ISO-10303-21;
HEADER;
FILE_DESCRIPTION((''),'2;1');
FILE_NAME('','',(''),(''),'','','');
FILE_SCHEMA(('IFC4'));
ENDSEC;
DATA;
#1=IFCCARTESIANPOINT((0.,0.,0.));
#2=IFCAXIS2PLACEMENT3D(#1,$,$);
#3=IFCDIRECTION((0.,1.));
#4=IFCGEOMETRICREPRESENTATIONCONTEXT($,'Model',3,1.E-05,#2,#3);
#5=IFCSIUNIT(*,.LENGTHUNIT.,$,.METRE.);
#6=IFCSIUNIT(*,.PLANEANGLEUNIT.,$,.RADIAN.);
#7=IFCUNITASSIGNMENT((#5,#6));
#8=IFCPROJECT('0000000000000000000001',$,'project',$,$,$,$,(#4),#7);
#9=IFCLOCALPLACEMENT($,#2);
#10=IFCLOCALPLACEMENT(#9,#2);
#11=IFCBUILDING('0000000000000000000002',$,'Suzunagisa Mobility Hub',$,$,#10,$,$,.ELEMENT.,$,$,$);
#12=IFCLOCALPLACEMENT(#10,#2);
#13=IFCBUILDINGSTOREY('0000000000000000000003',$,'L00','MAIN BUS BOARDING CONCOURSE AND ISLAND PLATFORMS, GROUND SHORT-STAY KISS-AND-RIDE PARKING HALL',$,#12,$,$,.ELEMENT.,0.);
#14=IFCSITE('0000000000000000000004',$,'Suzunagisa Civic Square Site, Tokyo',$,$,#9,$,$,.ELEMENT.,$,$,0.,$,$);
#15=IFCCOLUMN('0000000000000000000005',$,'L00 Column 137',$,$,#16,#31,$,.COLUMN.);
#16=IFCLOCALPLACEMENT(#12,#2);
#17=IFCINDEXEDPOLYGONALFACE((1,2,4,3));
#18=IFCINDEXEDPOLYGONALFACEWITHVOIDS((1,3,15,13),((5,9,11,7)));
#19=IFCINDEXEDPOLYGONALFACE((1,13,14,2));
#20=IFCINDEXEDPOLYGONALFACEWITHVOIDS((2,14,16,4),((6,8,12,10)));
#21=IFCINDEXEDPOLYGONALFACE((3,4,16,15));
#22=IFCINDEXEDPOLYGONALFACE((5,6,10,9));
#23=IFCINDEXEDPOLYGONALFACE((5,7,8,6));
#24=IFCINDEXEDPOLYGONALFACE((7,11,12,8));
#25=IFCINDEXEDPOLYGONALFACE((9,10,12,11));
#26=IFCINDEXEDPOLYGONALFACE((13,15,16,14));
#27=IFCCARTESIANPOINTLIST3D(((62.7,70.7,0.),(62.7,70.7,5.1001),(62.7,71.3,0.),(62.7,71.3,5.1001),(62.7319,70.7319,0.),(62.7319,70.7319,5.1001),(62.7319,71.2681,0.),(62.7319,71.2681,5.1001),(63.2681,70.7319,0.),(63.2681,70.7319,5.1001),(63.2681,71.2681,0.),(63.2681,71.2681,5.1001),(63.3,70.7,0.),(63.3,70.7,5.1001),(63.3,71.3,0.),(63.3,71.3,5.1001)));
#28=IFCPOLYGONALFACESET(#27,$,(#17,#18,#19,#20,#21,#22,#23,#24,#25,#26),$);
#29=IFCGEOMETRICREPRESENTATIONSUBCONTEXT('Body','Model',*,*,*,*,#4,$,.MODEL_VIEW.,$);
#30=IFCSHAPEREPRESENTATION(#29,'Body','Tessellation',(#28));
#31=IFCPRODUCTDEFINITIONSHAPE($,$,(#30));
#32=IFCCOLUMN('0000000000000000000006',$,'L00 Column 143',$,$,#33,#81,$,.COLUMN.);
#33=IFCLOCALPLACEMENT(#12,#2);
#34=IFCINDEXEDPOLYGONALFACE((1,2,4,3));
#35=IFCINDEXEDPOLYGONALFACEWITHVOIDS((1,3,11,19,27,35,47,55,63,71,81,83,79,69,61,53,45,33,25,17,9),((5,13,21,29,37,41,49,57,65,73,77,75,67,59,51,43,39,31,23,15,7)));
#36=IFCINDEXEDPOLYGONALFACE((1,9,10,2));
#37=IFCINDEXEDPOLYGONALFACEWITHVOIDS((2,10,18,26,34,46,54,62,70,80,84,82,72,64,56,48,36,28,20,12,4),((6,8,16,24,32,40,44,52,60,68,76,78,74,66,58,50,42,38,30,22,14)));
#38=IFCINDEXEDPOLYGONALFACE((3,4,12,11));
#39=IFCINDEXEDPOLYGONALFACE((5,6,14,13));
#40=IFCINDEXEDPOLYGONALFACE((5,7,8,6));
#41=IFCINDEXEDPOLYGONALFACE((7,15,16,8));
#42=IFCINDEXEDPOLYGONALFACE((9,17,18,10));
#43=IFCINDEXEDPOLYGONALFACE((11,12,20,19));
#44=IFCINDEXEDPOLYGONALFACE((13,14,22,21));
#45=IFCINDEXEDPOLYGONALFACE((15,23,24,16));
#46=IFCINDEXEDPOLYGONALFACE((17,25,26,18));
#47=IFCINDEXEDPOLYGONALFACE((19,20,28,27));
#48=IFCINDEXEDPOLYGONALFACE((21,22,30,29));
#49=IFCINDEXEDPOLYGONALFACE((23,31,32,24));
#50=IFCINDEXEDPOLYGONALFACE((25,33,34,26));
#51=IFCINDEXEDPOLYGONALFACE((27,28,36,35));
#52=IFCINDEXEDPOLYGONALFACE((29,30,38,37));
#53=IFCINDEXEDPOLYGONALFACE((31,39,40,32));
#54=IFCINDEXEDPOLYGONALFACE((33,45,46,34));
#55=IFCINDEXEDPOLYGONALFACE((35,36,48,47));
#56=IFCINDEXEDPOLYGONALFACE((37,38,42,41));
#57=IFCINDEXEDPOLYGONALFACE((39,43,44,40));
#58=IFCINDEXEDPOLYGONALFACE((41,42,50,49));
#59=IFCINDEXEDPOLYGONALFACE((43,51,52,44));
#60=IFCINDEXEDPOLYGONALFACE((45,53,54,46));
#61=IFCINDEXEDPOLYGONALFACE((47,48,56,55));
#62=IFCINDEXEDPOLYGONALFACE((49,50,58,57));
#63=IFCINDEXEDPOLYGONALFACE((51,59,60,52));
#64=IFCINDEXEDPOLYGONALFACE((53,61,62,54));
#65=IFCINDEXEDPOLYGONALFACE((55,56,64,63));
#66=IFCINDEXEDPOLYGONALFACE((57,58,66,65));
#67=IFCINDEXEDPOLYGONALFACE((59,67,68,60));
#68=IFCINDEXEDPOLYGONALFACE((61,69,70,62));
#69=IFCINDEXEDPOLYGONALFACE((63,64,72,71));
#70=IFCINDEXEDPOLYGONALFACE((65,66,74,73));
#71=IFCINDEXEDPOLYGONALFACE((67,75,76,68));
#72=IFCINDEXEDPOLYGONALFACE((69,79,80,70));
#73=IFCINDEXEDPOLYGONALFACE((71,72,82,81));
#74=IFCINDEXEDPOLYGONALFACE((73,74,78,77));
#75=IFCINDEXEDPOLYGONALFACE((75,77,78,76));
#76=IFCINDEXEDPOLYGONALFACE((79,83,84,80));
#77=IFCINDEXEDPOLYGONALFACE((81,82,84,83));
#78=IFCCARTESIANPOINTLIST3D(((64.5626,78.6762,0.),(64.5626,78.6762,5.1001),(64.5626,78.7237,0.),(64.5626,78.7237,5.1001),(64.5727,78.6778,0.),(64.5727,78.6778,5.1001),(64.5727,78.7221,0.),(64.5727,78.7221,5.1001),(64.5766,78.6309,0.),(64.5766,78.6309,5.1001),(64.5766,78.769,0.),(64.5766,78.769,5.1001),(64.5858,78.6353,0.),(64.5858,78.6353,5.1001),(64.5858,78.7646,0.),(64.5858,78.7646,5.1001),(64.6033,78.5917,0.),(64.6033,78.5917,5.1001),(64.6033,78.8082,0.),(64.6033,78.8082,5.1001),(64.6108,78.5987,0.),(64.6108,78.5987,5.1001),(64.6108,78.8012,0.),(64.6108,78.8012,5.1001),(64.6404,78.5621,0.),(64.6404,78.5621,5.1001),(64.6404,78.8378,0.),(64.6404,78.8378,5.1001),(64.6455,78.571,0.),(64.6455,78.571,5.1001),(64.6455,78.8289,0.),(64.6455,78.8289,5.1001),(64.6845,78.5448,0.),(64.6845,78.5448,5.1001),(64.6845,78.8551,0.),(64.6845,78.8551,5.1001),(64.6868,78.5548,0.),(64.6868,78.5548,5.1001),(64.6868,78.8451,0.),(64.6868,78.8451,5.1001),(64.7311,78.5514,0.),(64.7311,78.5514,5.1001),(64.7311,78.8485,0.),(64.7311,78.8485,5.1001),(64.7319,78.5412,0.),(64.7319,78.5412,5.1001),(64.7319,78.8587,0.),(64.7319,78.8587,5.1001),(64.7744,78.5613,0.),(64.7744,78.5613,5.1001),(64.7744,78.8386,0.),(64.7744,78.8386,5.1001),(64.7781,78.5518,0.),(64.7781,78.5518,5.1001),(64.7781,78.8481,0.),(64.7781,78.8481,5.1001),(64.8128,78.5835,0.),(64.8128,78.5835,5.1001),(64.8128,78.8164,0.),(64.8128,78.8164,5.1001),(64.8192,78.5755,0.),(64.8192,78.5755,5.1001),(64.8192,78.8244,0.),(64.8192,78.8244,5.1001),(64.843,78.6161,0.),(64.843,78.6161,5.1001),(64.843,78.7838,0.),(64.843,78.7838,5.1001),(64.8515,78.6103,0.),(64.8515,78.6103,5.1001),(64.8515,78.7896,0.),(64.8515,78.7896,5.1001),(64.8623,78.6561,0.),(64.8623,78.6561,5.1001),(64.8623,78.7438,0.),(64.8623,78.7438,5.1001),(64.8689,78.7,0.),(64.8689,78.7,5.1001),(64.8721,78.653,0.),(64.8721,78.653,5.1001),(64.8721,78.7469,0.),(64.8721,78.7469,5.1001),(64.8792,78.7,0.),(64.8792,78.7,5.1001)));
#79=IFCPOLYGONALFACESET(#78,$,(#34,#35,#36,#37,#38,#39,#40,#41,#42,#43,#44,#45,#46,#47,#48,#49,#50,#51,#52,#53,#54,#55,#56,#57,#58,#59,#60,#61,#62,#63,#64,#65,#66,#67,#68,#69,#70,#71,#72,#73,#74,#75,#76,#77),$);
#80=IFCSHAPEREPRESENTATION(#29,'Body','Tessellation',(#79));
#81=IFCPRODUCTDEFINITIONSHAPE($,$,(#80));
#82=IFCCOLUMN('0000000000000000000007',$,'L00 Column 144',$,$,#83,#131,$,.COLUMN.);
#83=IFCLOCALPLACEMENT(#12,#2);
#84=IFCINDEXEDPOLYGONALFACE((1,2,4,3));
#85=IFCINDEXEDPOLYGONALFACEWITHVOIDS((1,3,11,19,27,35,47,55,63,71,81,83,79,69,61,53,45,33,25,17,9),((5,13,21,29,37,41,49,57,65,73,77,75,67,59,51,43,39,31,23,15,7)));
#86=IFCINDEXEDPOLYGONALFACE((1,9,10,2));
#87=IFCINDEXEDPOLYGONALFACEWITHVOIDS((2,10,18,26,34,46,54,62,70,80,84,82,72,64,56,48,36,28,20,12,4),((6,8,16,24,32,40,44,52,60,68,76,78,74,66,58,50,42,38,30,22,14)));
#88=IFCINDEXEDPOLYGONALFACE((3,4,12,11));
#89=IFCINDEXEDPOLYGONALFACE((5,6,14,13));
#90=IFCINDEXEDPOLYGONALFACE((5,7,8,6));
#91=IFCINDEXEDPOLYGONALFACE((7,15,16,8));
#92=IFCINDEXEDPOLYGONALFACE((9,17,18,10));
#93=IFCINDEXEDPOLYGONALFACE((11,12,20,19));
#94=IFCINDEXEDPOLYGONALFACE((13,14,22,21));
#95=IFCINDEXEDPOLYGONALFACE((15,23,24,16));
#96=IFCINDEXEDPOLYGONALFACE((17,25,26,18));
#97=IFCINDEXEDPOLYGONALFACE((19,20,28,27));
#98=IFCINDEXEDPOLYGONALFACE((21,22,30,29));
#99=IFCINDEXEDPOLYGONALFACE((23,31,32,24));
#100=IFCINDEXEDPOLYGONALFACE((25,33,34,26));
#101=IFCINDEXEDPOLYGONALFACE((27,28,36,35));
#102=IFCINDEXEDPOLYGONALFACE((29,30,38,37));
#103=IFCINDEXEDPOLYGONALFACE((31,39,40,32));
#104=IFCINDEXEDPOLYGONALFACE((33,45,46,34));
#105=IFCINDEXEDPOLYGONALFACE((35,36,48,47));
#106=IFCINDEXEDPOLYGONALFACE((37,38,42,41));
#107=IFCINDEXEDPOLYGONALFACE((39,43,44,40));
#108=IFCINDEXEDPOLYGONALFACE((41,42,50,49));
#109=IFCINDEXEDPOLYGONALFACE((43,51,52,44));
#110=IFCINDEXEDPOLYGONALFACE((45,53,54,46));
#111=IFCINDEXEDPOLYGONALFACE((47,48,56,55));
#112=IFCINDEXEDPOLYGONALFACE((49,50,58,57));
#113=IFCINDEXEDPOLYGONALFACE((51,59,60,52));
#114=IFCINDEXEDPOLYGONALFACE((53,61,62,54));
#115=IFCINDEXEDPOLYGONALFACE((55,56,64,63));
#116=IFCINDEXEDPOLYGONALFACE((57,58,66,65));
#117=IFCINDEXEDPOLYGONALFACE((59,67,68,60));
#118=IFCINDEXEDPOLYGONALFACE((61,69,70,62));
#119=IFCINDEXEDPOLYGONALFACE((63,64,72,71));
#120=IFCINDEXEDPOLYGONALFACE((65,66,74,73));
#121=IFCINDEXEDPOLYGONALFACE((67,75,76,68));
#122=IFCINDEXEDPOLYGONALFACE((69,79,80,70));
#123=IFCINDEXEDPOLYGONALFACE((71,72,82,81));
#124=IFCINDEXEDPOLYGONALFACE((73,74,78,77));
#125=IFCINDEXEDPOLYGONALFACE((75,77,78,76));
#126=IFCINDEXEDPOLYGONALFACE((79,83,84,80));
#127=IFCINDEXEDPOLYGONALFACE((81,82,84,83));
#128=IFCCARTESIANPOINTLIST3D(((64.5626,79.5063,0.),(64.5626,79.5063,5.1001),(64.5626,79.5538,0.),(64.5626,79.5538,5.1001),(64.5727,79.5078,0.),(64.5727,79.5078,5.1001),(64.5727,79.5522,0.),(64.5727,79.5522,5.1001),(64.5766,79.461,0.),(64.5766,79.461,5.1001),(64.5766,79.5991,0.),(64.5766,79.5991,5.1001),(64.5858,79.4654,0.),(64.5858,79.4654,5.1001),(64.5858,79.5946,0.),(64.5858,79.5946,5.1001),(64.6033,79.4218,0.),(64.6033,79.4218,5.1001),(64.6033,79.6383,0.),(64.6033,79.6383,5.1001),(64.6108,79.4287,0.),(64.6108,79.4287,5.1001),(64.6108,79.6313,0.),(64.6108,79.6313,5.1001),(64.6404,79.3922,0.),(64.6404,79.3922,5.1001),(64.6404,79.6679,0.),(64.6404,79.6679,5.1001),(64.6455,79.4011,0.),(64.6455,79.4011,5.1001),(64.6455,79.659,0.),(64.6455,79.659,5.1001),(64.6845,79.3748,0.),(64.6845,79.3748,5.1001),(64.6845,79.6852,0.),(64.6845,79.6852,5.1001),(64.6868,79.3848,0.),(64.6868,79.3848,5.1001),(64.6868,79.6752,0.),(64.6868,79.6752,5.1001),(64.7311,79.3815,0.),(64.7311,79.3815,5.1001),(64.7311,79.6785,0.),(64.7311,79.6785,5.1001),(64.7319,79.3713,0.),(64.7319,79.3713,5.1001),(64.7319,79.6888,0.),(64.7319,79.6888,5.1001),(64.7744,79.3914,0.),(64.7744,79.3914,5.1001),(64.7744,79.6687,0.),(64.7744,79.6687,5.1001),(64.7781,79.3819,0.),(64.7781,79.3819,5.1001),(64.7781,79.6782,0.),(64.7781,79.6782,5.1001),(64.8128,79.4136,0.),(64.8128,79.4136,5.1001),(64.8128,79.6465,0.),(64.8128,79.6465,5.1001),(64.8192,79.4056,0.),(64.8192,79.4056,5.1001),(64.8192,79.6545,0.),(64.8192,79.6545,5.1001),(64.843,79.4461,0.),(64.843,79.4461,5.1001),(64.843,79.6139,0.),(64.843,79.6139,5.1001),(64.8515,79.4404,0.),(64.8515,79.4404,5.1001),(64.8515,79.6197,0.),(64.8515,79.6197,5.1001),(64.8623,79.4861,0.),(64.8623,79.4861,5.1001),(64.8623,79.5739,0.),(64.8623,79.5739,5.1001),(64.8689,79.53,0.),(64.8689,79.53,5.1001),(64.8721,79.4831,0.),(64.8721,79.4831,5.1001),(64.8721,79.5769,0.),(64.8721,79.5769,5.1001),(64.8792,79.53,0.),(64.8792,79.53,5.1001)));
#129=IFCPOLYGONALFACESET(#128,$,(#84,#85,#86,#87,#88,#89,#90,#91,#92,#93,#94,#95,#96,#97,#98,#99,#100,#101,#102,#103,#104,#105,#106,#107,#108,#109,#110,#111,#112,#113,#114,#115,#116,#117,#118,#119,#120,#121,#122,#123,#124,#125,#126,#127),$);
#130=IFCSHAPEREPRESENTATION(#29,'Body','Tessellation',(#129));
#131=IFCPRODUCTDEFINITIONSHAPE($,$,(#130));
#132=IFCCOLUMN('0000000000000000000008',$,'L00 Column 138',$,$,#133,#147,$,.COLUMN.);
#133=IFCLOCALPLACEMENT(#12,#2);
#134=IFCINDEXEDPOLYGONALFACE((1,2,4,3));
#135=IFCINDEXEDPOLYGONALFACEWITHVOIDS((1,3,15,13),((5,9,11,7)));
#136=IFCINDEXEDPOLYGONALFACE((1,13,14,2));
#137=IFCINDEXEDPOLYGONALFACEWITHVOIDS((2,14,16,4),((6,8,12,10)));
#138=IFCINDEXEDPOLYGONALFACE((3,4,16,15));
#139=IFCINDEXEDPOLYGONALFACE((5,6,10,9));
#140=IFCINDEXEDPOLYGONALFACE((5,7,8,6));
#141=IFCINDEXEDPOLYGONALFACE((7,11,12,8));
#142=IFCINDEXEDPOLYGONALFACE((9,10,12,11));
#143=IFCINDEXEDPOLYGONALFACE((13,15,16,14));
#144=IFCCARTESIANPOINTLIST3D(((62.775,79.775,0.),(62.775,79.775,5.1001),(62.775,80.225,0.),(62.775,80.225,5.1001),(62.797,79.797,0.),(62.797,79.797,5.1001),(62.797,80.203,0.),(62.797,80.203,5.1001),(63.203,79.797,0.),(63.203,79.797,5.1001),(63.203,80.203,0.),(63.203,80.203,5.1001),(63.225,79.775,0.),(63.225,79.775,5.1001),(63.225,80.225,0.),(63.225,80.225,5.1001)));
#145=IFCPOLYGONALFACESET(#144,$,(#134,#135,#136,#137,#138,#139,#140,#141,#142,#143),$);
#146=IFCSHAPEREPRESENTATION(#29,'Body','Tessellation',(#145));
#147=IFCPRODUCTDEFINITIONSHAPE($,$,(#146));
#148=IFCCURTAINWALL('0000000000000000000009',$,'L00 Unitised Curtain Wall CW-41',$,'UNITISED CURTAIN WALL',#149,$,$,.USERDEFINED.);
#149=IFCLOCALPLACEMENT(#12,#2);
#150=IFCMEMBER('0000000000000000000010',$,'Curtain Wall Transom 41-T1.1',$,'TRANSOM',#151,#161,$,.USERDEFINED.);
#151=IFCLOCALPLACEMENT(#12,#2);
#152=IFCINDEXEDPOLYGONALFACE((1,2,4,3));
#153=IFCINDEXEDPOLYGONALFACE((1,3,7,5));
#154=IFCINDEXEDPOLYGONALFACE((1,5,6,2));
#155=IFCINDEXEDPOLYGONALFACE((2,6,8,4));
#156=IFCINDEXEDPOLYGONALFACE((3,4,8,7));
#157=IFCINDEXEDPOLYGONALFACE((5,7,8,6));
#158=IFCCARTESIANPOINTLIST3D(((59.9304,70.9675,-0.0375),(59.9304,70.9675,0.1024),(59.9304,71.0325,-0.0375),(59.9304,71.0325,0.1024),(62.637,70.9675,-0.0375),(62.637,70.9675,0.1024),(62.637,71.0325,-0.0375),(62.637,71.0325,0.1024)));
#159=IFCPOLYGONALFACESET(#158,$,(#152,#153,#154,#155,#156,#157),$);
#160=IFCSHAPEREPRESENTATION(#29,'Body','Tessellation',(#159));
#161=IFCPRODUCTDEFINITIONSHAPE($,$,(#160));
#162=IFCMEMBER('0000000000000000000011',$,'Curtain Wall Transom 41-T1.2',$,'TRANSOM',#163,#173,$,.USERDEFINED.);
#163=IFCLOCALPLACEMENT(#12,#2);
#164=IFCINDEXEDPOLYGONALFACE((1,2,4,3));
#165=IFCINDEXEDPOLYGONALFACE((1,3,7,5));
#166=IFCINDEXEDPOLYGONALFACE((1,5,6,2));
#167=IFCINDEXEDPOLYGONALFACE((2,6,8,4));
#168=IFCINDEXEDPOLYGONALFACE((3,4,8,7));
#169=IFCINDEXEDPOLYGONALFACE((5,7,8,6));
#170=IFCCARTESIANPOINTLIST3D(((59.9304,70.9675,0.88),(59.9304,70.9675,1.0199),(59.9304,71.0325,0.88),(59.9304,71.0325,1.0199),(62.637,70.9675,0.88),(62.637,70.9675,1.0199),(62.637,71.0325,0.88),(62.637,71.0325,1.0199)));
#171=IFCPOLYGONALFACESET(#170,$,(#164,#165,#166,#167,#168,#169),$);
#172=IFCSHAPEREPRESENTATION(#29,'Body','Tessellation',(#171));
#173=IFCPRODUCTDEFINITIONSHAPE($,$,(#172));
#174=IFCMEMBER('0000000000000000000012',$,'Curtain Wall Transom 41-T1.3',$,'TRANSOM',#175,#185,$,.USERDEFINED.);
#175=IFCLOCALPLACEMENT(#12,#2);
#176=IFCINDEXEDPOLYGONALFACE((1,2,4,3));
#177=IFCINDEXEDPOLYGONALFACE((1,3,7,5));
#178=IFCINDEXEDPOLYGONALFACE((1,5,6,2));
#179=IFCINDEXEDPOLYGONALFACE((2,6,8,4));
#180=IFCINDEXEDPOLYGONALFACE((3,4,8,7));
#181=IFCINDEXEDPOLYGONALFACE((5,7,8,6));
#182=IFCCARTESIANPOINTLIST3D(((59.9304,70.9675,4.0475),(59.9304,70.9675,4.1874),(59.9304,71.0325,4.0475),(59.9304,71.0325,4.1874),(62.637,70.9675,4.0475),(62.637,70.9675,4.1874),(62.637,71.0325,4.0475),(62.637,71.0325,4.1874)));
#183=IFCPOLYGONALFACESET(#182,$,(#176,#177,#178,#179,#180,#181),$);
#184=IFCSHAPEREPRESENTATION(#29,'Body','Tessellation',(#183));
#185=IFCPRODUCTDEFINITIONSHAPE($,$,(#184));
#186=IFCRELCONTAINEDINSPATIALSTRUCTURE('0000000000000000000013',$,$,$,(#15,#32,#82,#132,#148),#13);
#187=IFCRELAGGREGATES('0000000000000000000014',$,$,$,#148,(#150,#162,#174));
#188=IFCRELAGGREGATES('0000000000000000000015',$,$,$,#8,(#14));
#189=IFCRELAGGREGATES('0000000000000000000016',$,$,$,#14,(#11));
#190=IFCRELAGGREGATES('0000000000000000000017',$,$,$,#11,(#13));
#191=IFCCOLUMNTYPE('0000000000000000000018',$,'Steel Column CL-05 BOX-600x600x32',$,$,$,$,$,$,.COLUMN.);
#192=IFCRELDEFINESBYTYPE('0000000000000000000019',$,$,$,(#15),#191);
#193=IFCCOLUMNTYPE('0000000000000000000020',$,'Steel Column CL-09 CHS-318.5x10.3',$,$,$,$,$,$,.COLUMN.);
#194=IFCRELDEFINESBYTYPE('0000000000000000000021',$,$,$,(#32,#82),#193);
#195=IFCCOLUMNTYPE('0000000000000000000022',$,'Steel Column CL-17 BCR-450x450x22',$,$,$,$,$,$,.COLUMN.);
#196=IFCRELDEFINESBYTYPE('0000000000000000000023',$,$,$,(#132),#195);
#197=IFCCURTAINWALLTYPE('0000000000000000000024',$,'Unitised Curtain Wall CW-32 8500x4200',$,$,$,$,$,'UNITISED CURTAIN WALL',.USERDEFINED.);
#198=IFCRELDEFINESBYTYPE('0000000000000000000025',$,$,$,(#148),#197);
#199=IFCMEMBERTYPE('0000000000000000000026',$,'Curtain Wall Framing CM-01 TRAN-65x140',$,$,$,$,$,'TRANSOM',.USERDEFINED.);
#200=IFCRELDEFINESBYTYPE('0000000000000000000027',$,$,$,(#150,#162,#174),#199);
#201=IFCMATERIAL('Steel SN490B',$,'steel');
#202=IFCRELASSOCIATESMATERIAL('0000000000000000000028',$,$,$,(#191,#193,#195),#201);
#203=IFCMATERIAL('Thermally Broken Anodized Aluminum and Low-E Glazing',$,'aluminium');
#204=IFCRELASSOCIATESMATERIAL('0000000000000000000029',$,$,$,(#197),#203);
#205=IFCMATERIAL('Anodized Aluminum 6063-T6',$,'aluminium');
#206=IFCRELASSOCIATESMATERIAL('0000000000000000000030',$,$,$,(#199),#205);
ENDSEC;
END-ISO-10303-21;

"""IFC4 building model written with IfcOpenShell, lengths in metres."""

from ifc_helpers import new_model, si_unit, direction, frame, origin, origin_2d, place, context, subcontext, project, spatial, rectangle, hollow_rectangle, hollow_circle, extrude, material, material_profile, profile_set, type_object, element, aggregate, save


model = new_model("IFC4")

# Units and contexts
model_context = context("Model", 3, precision=1e-05, world=origin(), true_north=direction((0.0, 1.0)))
body_context = subcontext(model_context, "Body", "Model", "MODEL_VIEW")
ifc_project = project(units=[si_unit("LENGTHUNIT", "METRE"), si_unit("PLANEANGLEUNIT", "RADIAN")], contexts=[model_context])

# Site, building, storey
site_placement = place(None, origin())
site = spatial("IfcSite", under=ifc_project, at=site_placement, Name="Suzunagisa Civic Square Site, Tokyo", CompositionType="ELEMENT", RefElevation=0.0)
building_placement = place(site_placement, origin())
building = spatial("IfcBuilding", under=site, at=building_placement, Name="Suzunagisa Mobility Hub", CompositionType="ELEMENT")
storey_placement = place(building_placement, origin())
storey = spatial("IfcBuildingStorey", under=building, at=storey_placement, Name="L00", Description="MAIN BUS BOARDING CONCOURSE AND ISLAND PLATFORMS, GROUND SHORT-STAY KISS-AND-RIDE PARKING HALL", CompositionType="ELEMENT", Elevation=0.0)

# Columns
ifc_material_1 = material(Name="Steel SN490B", Category="steel")
ifc_material_profile_1 = material_profile(ifc_material_1, hollow_rectangle(XDim=0.6001, YDim=0.6001, WallThickness=0.032, at=origin_2d()), Name="BOX-600x600x32")
ifc_profile_set_1 = profile_set([ifc_material_profile_1], Name="Steel SN490B")
column_type_1 = type_object("IfcColumnType", Name="Steel Column CL-05 BOX-600x600x32", PredefinedType="COLUMN", material=ifc_profile_set_1)
column_1_placement = place(storey_placement, frame((63.0, 71.0, 0.0), z_axis=(0.0, 0.0, 1.0), x_axis=(1.0, 0.0, 0.0)))
element("IfcColumn", 1, at=column_1_placement, inside=storey, type_object=column_type_1, Name="L00 Column 137", PredefinedType="COLUMN", context=body_context, shape_type="SweptSolid", body=[
    extrude(hollow_rectangle(XDim=0.6001, YDim=0.6001, WallThickness=0.032, at=origin_2d()), origin(), (0.0, 0.0, 1.0), 5.1001),
])
ifc_material_profile_2 = material_profile(ifc_material_1, hollow_circle(Radius=0.1592, WallThickness=0.0103, at=origin_2d()), Name="CHS-318.5x10.3")
ifc_profile_set_2 = profile_set([ifc_material_profile_2], Name="Steel SN490B")
column_type_2 = type_object("IfcColumnType", Name="Steel Column CL-09 CHS-318.5x10.3", PredefinedType="COLUMN", material=ifc_profile_set_2)
for number, where, z_axis, x_axis, name in (
    (2, (64.72, 78.7, 0.0), (0.0, 0.0, 1.0), (1.0, 0.0, 0.0), "L00 Column 143"),
    (3, (64.72, 79.53, 0.0), (0.0, 0.0, 1.0), (1.0, 0.0, 0.0), "L00 Column 144"),
):
    element("IfcColumn", number, at=place(storey_placement, frame(where, z_axis=z_axis, x_axis=x_axis)), inside=storey, type_object=column_type_2, Name=name, PredefinedType="COLUMN", context=body_context, shape_type="SweptSolid", body=[
        extrude(hollow_circle(Radius=0.1592, WallThickness=0.0103, at=origin_2d()), origin(), (0.0, 0.0, 1.0), 5.1001),
    ])
ifc_material_profile_3 = material_profile(ifc_material_1, hollow_rectangle(XDim=0.45, YDim=0.45, WallThickness=0.022, at=origin_2d()), Name="BCR-450x450x22")
ifc_profile_set_3 = profile_set([ifc_material_profile_3], Name="Steel SN490B")
column_type_3 = type_object("IfcColumnType", Name="Steel Column CL-17 BCR-450x450x22", PredefinedType="COLUMN", material=ifc_profile_set_3)
column_2_placement = place(storey_placement, frame((63.0, 80.0, 0.0), z_axis=(0.0, 0.0, 1.0), x_axis=(1.0, 0.0, 0.0)))
element("IfcColumn", 4, at=column_2_placement, inside=storey, type_object=column_type_3, Name="L00 Column 138", PredefinedType="COLUMN", context=body_context, shape_type="SweptSolid", body=[
    extrude(hollow_rectangle(XDim=0.45, YDim=0.45, WallThickness=0.022, at=origin_2d()), origin(), (0.0, 0.0, 1.0), 5.1001),
])

# Curtain wall, members
ifc_material_2 = material(Name="Thermally Broken Anodized Aluminum and Low-E Glazing", Category="aluminium")
curtain_wall_type = type_object("IfcCurtainWallType", Name="Unitised Curtain Wall CW-32 8500x4200", ElementType="UNITISED CURTAIN WALL", PredefinedType="USERDEFINED", material=ifc_material_2)
curtain_wall_1_placement = place(storey_placement, origin())
curtain_wall_1 = element("IfcCurtainWall", 5, at=curtain_wall_1_placement, inside=storey, type_object=curtain_wall_type, Name="L00 Unitised Curtain Wall CW-41", ObjectType="UNITISED CURTAIN WALL", PredefinedType="USERDEFINED")
ifc_material_3 = material(Name="Anodized Aluminum 6063-T6", Category="aluminium")
ifc_material_profile_4 = material_profile(ifc_material_3, rectangle(XDim=0.0649, YDim=0.1399, at=origin_2d()), Name="TRAN-65x140")
ifc_profile_set_4 = profile_set([ifc_material_profile_4], Name="Anodized Aluminum 6063-T6")
member_type_1 = type_object("IfcMemberType", Name="Curtain Wall Framing CM-01 TRAN-65x140", ElementType="TRANSOM", PredefinedType="USERDEFINED", material=ifc_profile_set_4)
member_1_placement = place(storey_placement, frame((62.637, 71.0, 0.0325), z_axis=(-1.0, 0.0, 0.0), x_axis=(0.0, -1.0, 0.0)))
member_1 = element("IfcMember", 6, at=member_1_placement, type_object=member_type_1, Name="Curtain Wall Transom 41-T1.1", ObjectType="TRANSOM", PredefinedType="USERDEFINED", context=body_context, shape_type="SweptSolid", body=[
    extrude(rectangle(XDim=0.0649, YDim=0.1399, at=origin_2d()), origin(), (0.0, 0.0, 1.0), 2.7065),
])
member_2_placement = place(storey_placement, frame((62.637, 71.0, 0.95), z_axis=(-1.0, 0.0, 0.0), x_axis=(0.0, -1.0, 0.0)))
member_2 = element("IfcMember", 7, at=member_2_placement, type_object=member_type_1, Name="Curtain Wall Transom 41-T1.2", ObjectType="TRANSOM", PredefinedType="USERDEFINED", context=body_context, shape_type="SweptSolid", body=[
    extrude(rectangle(XDim=0.0649, YDim=0.1399, at=origin_2d()), origin(), (0.0, 0.0, 1.0), 2.7065),
])
member_3_placement = place(storey_placement, frame((62.637, 71.0, 4.1174), z_axis=(-1.0, 0.0, 0.0), x_axis=(0.0, -1.0, 0.0)))
member_3 = element("IfcMember", 8, at=member_3_placement, type_object=member_type_1, Name="Curtain Wall Transom 41-T1.3", ObjectType="TRANSOM", PredefinedType="USERDEFINED", context=body_context, shape_type="SweptSolid", body=[
    extrude(rectangle(XDim=0.0649, YDim=0.1399, at=origin_2d()), origin(), (0.0, 0.0, 1.0), 2.7065),
])

aggregate(curtain_wall_1, [member_1, member_2, member_3])

save(model, "model.ifc")
